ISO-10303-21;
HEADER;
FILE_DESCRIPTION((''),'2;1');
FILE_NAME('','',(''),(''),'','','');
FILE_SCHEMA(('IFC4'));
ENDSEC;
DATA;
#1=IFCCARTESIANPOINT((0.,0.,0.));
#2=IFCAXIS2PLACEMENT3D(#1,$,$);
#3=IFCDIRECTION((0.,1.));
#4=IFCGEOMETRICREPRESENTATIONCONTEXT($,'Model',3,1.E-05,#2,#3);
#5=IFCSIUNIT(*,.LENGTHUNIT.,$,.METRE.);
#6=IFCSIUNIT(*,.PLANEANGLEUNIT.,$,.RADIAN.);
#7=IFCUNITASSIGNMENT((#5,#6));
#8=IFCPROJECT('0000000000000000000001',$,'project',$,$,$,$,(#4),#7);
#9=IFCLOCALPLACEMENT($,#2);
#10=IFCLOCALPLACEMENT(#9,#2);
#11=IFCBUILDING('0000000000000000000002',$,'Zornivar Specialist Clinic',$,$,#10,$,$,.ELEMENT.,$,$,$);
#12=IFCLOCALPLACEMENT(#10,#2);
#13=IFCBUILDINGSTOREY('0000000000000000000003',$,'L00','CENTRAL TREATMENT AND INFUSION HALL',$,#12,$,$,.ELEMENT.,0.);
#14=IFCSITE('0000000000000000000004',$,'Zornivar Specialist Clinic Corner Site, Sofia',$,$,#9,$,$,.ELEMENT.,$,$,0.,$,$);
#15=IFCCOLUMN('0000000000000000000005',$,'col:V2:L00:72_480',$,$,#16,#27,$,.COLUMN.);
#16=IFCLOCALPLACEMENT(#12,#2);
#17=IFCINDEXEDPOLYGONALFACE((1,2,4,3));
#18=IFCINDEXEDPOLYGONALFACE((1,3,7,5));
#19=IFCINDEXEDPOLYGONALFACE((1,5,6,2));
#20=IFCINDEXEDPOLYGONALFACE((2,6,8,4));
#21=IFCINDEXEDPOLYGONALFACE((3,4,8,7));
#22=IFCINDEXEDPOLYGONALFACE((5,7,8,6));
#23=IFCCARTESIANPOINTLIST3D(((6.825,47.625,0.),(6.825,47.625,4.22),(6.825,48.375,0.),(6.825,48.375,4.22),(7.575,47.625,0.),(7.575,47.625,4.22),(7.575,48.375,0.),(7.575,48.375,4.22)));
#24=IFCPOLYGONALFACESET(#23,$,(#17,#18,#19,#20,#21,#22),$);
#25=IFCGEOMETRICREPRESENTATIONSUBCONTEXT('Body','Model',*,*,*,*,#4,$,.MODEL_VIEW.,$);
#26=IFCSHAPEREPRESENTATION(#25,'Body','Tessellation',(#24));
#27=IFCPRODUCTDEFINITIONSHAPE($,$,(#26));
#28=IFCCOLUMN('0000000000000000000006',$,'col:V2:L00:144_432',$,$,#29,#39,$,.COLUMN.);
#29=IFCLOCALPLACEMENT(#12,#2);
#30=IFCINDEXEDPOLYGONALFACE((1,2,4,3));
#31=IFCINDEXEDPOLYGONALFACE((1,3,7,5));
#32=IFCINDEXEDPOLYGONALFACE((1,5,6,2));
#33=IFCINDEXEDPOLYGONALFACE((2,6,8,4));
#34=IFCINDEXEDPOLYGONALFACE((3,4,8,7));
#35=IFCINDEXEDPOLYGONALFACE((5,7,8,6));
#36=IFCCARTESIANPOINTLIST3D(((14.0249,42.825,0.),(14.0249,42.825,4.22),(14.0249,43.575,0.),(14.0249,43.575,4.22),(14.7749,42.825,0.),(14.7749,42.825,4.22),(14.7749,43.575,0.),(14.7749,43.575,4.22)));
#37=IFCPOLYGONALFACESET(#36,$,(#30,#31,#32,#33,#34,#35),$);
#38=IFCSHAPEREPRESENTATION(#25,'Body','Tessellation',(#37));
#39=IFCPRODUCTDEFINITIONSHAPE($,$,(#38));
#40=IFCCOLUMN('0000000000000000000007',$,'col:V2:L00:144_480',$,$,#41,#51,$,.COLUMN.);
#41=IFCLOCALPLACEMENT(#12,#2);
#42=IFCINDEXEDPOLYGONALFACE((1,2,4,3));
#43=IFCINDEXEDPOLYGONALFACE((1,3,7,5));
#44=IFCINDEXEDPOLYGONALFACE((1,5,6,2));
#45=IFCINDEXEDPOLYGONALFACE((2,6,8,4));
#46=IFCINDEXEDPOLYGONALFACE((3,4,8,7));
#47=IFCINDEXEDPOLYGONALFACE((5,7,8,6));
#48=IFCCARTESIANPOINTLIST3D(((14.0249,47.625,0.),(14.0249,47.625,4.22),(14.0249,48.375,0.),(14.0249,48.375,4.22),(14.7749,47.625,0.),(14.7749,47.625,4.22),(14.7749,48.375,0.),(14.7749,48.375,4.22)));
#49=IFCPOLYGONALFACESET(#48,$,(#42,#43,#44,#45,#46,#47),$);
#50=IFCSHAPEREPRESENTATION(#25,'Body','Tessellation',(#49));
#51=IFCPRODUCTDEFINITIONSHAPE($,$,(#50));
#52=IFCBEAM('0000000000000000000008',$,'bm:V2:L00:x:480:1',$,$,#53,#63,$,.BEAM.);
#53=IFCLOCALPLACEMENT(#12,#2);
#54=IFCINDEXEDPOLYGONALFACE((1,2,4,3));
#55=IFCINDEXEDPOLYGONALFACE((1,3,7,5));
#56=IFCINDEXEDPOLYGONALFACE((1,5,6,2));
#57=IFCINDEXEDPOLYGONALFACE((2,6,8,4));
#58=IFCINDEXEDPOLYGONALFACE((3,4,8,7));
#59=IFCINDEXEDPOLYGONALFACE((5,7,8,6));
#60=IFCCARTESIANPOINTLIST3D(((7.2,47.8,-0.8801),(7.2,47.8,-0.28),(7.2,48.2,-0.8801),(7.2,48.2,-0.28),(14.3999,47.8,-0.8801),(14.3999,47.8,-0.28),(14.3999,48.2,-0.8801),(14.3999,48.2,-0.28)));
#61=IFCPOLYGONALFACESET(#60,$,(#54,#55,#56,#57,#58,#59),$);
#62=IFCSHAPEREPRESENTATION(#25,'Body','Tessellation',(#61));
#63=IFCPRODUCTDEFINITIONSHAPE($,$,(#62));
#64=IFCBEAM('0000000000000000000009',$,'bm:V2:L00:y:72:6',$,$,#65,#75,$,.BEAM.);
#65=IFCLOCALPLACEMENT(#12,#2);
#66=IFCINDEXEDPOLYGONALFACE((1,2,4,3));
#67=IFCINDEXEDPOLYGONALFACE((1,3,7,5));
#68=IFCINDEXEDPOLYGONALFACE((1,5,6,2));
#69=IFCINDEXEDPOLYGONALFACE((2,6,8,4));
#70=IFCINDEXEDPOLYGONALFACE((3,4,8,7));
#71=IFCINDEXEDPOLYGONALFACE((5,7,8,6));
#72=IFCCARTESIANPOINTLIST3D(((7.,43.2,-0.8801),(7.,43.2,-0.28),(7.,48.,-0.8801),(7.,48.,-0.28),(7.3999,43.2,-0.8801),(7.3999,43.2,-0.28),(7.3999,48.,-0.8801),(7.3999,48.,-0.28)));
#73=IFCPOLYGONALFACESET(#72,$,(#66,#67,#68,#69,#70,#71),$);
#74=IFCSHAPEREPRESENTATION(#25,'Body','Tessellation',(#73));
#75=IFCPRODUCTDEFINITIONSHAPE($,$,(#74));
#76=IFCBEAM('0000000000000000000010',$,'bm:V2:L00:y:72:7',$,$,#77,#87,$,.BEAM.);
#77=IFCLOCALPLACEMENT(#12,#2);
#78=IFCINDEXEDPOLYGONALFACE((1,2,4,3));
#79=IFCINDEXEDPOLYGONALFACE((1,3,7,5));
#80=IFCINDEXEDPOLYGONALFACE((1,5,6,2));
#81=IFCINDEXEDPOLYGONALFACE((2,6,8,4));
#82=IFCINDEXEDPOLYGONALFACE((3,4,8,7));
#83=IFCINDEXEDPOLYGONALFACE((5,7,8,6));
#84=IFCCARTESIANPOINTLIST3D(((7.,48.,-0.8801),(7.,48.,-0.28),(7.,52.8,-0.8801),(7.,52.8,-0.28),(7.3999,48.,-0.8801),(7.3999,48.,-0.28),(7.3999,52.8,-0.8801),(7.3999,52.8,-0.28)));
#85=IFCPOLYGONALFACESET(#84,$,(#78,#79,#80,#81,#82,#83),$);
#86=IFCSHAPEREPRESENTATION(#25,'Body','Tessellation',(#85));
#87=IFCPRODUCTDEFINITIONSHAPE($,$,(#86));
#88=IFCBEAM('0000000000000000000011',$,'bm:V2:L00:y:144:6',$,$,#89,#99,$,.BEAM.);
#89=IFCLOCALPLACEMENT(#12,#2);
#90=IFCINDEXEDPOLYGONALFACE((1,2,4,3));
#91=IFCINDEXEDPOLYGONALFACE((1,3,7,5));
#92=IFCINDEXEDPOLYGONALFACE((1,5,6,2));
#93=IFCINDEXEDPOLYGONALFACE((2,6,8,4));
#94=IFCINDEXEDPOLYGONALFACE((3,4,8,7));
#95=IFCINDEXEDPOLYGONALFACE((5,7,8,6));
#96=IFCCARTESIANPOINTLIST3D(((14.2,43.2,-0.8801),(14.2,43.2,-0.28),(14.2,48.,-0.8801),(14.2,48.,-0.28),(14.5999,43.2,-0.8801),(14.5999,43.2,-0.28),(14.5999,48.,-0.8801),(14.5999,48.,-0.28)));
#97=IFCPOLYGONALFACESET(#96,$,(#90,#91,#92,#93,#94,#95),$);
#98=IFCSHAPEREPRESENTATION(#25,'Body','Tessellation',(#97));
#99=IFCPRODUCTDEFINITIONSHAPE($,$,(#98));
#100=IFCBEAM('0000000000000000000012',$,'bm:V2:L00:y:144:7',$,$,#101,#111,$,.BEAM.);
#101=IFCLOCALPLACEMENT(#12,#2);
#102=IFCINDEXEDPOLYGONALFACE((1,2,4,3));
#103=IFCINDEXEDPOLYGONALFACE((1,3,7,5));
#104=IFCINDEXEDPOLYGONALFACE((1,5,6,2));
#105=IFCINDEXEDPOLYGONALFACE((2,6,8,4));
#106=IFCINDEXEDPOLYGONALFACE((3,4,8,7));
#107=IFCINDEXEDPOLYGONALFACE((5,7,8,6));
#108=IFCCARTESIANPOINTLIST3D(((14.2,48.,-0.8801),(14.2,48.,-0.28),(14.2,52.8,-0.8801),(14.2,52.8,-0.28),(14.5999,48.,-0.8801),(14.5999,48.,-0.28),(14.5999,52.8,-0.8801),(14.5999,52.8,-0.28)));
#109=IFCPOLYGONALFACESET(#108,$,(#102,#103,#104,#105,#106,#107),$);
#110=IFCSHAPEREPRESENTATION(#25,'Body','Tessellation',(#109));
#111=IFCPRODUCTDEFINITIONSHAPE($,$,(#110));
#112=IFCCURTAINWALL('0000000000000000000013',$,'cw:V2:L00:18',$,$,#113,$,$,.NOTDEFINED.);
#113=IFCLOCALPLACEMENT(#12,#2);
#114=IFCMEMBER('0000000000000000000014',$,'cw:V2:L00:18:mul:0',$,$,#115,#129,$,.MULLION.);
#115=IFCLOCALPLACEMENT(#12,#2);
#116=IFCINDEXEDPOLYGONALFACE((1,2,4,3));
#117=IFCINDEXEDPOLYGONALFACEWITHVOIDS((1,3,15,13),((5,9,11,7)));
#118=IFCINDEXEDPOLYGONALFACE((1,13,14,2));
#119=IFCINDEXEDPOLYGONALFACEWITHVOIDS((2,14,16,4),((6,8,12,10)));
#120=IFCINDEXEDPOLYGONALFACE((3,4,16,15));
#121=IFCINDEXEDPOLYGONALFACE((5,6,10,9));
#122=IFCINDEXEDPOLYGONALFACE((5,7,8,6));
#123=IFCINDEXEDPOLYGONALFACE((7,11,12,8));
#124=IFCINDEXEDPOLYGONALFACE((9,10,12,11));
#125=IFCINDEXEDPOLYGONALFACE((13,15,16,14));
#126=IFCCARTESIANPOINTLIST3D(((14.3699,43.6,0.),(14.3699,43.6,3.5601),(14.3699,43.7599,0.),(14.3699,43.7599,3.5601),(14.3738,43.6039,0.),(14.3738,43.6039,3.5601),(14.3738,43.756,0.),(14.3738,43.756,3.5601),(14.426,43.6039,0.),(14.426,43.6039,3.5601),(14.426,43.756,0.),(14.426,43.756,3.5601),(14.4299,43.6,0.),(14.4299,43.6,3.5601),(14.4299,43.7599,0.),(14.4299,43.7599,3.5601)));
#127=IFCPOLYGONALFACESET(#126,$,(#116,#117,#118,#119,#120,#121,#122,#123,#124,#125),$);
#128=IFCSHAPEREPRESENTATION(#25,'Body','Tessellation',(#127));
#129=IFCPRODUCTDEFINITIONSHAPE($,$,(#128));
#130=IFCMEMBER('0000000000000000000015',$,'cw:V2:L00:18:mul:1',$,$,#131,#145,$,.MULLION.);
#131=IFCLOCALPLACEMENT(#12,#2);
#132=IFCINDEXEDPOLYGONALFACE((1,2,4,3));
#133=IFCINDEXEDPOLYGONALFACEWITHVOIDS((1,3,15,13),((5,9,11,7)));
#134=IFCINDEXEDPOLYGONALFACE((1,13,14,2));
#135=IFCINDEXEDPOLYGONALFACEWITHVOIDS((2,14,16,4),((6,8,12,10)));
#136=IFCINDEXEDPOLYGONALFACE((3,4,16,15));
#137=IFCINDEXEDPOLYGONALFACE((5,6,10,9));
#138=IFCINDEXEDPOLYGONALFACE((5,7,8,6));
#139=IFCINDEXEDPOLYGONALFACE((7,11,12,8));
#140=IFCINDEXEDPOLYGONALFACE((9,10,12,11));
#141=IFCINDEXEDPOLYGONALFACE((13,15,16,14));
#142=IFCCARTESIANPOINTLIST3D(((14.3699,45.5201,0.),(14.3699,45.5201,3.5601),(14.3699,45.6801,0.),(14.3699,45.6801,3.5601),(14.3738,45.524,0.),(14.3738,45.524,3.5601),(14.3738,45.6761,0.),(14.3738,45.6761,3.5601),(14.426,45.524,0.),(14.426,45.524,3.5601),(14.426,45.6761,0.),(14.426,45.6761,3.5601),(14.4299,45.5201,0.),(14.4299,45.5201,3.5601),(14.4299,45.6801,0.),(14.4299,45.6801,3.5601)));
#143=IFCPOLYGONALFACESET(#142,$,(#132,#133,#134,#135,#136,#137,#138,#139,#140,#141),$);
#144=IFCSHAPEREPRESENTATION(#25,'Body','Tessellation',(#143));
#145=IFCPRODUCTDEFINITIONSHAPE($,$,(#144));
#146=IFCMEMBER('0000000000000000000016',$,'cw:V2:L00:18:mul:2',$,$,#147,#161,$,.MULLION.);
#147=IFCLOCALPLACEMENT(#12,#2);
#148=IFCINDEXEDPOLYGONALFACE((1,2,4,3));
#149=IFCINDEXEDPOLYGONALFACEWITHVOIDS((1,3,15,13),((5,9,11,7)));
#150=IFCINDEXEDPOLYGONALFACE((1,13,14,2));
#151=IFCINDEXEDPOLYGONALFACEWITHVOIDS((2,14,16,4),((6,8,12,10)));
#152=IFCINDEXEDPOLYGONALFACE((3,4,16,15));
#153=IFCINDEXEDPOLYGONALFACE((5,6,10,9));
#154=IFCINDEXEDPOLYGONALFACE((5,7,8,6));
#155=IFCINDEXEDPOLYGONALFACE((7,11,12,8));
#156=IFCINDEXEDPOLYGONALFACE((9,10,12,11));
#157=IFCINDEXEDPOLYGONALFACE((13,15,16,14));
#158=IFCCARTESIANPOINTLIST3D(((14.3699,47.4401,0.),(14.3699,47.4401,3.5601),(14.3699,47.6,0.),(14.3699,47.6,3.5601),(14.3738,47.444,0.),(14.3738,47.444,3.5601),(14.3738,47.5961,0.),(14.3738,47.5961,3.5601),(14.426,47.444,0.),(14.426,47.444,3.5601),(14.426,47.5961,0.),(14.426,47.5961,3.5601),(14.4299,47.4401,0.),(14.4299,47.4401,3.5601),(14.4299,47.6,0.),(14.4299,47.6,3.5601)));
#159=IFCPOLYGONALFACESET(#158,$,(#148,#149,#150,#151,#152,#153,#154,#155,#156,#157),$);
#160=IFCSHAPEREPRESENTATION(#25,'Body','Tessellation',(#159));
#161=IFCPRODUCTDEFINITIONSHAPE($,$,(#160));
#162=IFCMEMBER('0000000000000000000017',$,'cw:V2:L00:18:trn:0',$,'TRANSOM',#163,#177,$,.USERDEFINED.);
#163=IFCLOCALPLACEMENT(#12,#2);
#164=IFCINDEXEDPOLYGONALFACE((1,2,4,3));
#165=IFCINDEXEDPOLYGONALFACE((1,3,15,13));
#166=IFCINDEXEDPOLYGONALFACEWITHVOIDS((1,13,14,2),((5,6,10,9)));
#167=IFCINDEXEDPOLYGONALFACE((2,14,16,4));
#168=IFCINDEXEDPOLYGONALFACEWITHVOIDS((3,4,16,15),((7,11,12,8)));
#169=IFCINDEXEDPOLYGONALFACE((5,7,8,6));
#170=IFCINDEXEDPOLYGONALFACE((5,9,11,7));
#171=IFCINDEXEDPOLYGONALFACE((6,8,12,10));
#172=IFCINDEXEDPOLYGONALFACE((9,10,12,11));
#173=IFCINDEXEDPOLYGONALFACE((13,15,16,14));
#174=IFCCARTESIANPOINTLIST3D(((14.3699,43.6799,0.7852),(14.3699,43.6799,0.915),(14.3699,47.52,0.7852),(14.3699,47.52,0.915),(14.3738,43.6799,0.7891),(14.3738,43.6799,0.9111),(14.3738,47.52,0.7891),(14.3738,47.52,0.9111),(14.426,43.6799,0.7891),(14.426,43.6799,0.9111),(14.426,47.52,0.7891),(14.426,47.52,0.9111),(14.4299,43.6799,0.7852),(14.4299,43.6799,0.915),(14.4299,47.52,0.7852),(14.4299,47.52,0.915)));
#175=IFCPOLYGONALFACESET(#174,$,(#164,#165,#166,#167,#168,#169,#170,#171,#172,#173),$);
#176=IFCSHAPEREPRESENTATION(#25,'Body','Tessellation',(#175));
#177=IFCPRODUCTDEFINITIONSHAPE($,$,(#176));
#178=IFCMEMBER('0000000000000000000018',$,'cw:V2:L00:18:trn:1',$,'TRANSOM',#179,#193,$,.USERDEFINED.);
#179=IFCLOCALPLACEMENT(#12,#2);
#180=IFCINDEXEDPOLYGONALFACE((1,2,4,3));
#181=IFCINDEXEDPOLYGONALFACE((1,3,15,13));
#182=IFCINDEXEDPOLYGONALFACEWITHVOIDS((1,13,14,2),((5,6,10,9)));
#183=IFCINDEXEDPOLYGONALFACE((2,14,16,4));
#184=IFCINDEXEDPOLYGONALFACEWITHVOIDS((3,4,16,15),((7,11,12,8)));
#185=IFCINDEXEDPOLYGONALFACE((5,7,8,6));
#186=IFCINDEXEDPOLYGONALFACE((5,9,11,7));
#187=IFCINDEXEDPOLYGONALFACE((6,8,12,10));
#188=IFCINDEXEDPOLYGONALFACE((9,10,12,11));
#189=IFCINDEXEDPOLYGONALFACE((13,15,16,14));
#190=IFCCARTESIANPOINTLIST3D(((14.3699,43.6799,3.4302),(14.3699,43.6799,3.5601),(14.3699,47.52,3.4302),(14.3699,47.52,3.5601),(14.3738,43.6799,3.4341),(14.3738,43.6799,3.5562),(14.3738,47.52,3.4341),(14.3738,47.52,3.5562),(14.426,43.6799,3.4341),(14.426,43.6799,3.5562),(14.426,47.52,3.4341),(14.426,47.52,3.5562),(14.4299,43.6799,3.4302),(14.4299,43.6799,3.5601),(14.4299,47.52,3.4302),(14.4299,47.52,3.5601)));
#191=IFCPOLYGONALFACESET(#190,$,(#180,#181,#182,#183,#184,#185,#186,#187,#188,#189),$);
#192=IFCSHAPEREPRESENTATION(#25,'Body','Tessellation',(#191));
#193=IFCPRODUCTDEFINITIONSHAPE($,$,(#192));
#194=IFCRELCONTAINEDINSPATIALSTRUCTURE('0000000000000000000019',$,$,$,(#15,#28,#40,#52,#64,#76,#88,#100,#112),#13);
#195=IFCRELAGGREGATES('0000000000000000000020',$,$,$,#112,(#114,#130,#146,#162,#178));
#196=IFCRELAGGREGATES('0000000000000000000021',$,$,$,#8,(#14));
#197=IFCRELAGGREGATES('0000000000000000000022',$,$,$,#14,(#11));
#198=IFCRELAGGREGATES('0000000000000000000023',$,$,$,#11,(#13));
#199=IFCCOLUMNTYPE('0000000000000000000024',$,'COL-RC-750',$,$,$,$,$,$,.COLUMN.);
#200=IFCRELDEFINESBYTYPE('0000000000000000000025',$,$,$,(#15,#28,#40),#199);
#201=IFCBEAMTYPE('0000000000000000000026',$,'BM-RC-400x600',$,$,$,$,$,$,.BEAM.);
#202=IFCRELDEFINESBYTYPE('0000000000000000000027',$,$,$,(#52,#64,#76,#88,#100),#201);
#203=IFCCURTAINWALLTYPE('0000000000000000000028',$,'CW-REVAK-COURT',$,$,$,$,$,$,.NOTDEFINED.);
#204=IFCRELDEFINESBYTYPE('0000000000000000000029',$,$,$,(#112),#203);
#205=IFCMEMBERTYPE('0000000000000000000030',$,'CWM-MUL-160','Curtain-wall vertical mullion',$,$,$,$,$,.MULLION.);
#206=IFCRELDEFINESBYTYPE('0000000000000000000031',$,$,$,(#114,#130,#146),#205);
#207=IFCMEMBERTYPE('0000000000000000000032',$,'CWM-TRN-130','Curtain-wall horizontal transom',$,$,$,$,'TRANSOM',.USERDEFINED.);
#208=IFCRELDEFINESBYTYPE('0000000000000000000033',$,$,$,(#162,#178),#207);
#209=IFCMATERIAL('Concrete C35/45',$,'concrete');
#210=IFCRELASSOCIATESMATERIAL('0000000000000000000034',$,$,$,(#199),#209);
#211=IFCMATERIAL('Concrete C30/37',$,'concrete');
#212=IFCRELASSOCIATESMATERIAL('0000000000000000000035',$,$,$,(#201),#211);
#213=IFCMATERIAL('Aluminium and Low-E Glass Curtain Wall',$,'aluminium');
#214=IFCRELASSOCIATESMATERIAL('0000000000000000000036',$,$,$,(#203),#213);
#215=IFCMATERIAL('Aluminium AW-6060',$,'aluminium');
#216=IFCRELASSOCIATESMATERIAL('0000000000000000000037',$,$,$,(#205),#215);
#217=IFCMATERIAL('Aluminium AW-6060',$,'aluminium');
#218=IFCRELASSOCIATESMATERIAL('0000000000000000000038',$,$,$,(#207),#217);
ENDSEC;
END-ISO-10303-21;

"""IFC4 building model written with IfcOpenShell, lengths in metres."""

from ifc_helpers import new_model, si_unit, direction, frame, origin, origin_2d, place, context, subcontext, project, spatial, rectangle, hollow_rectangle, extrude, material, material_profile, profile_set, type_object, element, aggregate, save


model = new_model("IFC4")

# Units and contexts
model_context = context("Model", 3, precision=1e-05, world=origin(), true_north=direction((0.0, 1.0)))
body_context = subcontext(model_context, "Body", "Model", "MODEL_VIEW")
ifc_project = project(units=[si_unit("LENGTHUNIT", "METRE"), si_unit("PLANEANGLEUNIT", "RADIAN")], contexts=[model_context])

# Site, building, storey
site_placement = place(None, origin())
site = spatial("IfcSite", under=ifc_project, at=site_placement, Name="Zornivar Specialist Clinic Corner Site, Sofia", CompositionType="ELEMENT", RefElevation=0.0)
building_placement = place(site_placement, origin())
building = spatial("IfcBuilding", under=site, at=building_placement, Name="Zornivar Specialist Clinic", CompositionType="ELEMENT")
storey_placement = place(building_placement, origin())
storey = spatial("IfcBuildingStorey", under=building, at=storey_placement, Name="L00", Description="CENTRAL TREATMENT AND INFUSION HALL", CompositionType="ELEMENT", Elevation=0.0)

# Columns
ifc_material_1 = material(Name="Concrete C35/45", Category="concrete")
ifc_material_profile_1 = material_profile(ifc_material_1, rectangle(XDim=0.75, YDim=0.75, at=origin_2d()), Name="RC 750x750")
ifc_profile_set_1 = profile_set([ifc_material_profile_1], Name="Concrete C35/45")
column_type = type_object("IfcColumnType", Name="COL-RC-750", PredefinedType="COLUMN", material=ifc_profile_set_1)
for number, where, z_axis, x_axis, name in (
    (1, (7.2, 48.0, 0.0), (0.0, 0.0, 1.0), (1.0, 0.0, 0.0), "col:V2:L00:72_480"),
    (2, (14.3999, 43.2, 0.0), (0.0, 0.0, 1.0), (1.0, 0.0, 0.0), "col:V2:L00:144_432"),
    (3, (14.3999, 48.0, 0.0), (0.0, 0.0, 1.0), (1.0, 0.0, 0.0), "col:V2:L00:144_480"),
):
    element("IfcColumn", number, at=place(storey_placement, frame(where, z_axis=z_axis, x_axis=x_axis)), inside=storey, type_object=column_type, Name=name, PredefinedType="COLUMN", context=body_context, shape_type="SweptSolid", body=[
        extrude(rectangle(XDim=0.75, YDim=0.75, at=origin_2d()), origin(), (0.0, 0.0, 1.0), 4.22),
    ])

# Beams
ifc_material_2 = material(Name="Concrete C30/37", Category="concrete")
ifc_material_profile_2 = material_profile(ifc_material_2, rectangle(XDim=0.3999, YDim=0.6001, at=origin_2d()), Name="RC 400x600")
ifc_profile_set_2 = profile_set([ifc_material_profile_2], Name="Concrete C30/37")
beam_type = type_object("IfcBeamType", Name="BM-RC-400x600", PredefinedType="BEAM", material=ifc_profile_set_2)
beam_placement = place(storey_placement, frame((7.2, 48.0, -0.5801), z_axis=(1.0, 0.0, 0.0), x_axis=(0.0, 1.0, 0.0)))
element("IfcBeam", 4, at=beam_placement, inside=storey, type_object=beam_type, Name="bm:V2:L00:x:480:1", PredefinedType="BEAM", context=body_context, shape_type="SweptSolid", body=[
    extrude(rectangle(XDim=0.3999, YDim=0.6001, at=origin_2d()), origin(), (0.0, 0.0, 1.0), 7.2),
])
for number, where, z_axis, x_axis, name in (
    (5, (7.2, 43.2, -0.5801), (0.0, 1.0, 0.0), (-1.0, 0.0, 0.0), "bm:V2:L00:y:72:6"),
    (6, (7.2, 48.0, -0.5801), (0.0, 1.0, 0.0), (-1.0, 0.0, 0.0), "bm:V2:L00:y:72:7"),
    (7, (14.3999, 43.2, -0.5801), (0.0, 1.0, 0.0), (-1.0, 0.0, 0.0), "bm:V2:L00:y:144:6"),
    (8, (14.3999, 48.0, -0.5801), (0.0, 1.0, 0.0), (-1.0, 0.0, 0.0), "bm:V2:L00:y:144:7"),
):
    element("IfcBeam", number, at=place(storey_placement, frame(where, z_axis=z_axis, x_axis=x_axis)), inside=storey, type_object=beam_type, Name=name, PredefinedType="BEAM", context=body_context, shape_type="SweptSolid", body=[
        extrude(rectangle(XDim=0.3999, YDim=0.6001, at=origin_2d()), origin(), (0.0, 0.0, 1.0), 4.8),
    ])

# Curtain wall, members
ifc_material_3 = material(Name="Aluminium and Low-E Glass Curtain Wall", Category="aluminium")
curtain_wall_type = type_object("IfcCurtainWallType", Name="CW-REVAK-COURT", PredefinedType="NOTDEFINED", material=ifc_material_3)
curtain_wall_placement = place(storey_placement, origin())
curtain_wall = element("IfcCurtainWall", 9, at=curtain_wall_placement, inside=storey, type_object=curtain_wall_type, Name="cw:V2:L00:18", PredefinedType="NOTDEFINED")
ifc_material_4 = material(Name="Aluminium AW-6060", Category="aluminium")
ifc_material_profile_3 = material_profile(ifc_material_4, hollow_rectangle(XDim=0.0601, YDim=0.1599, WallThickness=0.0039, at=origin_2d()), Name="ALU 60x160x4")
ifc_profile_set_3 = profile_set([ifc_material_profile_3], Name="Aluminium AW-6060")
member_type_1 = type_object("IfcMemberType", Name="CWM-MUL-160", Description="Curtain-wall vertical mullion", PredefinedType="MULLION", material=ifc_profile_set_3)
member_1_placement = place(storey_placement, frame((14.3999, 43.6799, 0.0), z_axis=(0.0, 0.0, 1.0), x_axis=(1.0, 0.0, 0.0)))
member_1 = element("IfcMember", 10, at=member_1_placement, type_object=member_type_1, Name="cw:V2:L00:18:mul:0", PredefinedType="MULLION", context=body_context, shape_type="SweptSolid", body=[
    extrude(hollow_rectangle(XDim=0.0601, YDim=0.1599, WallThickness=0.0039, at=origin_2d()), origin(), (0.0, 0.0, 1.0), 3.5601),
])
member_2_placement = place(storey_placement, frame((14.3999, 45.6001, 0.0), z_axis=(0.0, 0.0, 1.0), x_axis=(1.0, 0.0, 0.0)))
member_2 = element("IfcMember", 11, at=member_2_placement, type_object=member_type_1, Name="cw:V2:L00:18:mul:1", PredefinedType="MULLION", context=body_context, shape_type="SweptSolid", body=[
    extrude(hollow_rectangle(XDim=0.0601, YDim=0.1599, WallThickness=0.0039, at=origin_2d()), origin(), (0.0, 0.0, 1.0), 3.5601),
])
member_3_placement = place(storey_placement, frame((14.3999, 47.52, 0.0), z_axis=(0.0, 0.0, 1.0), x_axis=(1.0, 0.0, 0.0)))
member_3 = element("IfcMember", 12, at=member_3_placement, type_object=member_type_1, Name="cw:V2:L00:18:mul:2", PredefinedType="MULLION", context=body_context, shape_type="SweptSolid", body=[
    extrude(hollow_rectangle(XDim=0.0601, YDim=0.1599, WallThickness=0.0039, at=origin_2d()), origin(), (0.0, 0.0, 1.0), 3.5601),
])
ifc_material_5 = material(Name="Aluminium AW-6060", Category="aluminium")
ifc_material_profile_4 = material_profile(ifc_material_5, hollow_rectangle(XDim=0.0601, YDim=0.1299, WallThickness=0.0039, at=origin_2d()), Name="ALU 60x130x4")
ifc_profile_set_4 = profile_set([ifc_material_profile_4], Name="Aluminium AW-6060")
member_type_2 = type_object("IfcMemberType", Name="CWM-TRN-130", Description="Curtain-wall horizontal transom", ElementType="TRANSOM", PredefinedType="USERDEFINED", material=ifc_profile_set_4)
member_4_placement = place(storey_placement, frame((14.3999, 43.6799, 0.8501), z_axis=(0.0, 1.0, 0.0), x_axis=(-1.0, 0.0, 0.0)))
member_4 = element("IfcMember", 13, at=member_4_placement, type_object=member_type_2, Name="cw:V2:L00:18:trn:0", ObjectType="TRANSOM", PredefinedType="USERDEFINED", context=body_context, shape_type="SweptSolid", body=[
    extrude(hollow_rectangle(XDim=0.0601, YDim=0.1299, WallThickness=0.0039, at=origin_2d()), origin(), (0.0, 0.0, 1.0), 3.8401),
])
member_5_placement = place(storey_placement, frame((14.3999, 43.6799, 3.4951), z_axis=(0.0, 1.0, 0.0), x_axis=(-1.0, 0.0, 0.0)))
member_5 = element("IfcMember", 14, at=member_5_placement, type_object=member_type_2, Name="cw:V2:L00:18:trn:1", ObjectType="TRANSOM", PredefinedType="USERDEFINED", context=body_context, shape_type="SweptSolid", body=[
    extrude(hollow_rectangle(XDim=0.0601, YDim=0.1299, WallThickness=0.0039, at=origin_2d()), origin(), (0.0, 0.0, 1.0), 3.8401),
])
aggregate(curtain_wall, [member_1, member_2, member_3, member_4, member_5])

save(model, "model.ifc")
